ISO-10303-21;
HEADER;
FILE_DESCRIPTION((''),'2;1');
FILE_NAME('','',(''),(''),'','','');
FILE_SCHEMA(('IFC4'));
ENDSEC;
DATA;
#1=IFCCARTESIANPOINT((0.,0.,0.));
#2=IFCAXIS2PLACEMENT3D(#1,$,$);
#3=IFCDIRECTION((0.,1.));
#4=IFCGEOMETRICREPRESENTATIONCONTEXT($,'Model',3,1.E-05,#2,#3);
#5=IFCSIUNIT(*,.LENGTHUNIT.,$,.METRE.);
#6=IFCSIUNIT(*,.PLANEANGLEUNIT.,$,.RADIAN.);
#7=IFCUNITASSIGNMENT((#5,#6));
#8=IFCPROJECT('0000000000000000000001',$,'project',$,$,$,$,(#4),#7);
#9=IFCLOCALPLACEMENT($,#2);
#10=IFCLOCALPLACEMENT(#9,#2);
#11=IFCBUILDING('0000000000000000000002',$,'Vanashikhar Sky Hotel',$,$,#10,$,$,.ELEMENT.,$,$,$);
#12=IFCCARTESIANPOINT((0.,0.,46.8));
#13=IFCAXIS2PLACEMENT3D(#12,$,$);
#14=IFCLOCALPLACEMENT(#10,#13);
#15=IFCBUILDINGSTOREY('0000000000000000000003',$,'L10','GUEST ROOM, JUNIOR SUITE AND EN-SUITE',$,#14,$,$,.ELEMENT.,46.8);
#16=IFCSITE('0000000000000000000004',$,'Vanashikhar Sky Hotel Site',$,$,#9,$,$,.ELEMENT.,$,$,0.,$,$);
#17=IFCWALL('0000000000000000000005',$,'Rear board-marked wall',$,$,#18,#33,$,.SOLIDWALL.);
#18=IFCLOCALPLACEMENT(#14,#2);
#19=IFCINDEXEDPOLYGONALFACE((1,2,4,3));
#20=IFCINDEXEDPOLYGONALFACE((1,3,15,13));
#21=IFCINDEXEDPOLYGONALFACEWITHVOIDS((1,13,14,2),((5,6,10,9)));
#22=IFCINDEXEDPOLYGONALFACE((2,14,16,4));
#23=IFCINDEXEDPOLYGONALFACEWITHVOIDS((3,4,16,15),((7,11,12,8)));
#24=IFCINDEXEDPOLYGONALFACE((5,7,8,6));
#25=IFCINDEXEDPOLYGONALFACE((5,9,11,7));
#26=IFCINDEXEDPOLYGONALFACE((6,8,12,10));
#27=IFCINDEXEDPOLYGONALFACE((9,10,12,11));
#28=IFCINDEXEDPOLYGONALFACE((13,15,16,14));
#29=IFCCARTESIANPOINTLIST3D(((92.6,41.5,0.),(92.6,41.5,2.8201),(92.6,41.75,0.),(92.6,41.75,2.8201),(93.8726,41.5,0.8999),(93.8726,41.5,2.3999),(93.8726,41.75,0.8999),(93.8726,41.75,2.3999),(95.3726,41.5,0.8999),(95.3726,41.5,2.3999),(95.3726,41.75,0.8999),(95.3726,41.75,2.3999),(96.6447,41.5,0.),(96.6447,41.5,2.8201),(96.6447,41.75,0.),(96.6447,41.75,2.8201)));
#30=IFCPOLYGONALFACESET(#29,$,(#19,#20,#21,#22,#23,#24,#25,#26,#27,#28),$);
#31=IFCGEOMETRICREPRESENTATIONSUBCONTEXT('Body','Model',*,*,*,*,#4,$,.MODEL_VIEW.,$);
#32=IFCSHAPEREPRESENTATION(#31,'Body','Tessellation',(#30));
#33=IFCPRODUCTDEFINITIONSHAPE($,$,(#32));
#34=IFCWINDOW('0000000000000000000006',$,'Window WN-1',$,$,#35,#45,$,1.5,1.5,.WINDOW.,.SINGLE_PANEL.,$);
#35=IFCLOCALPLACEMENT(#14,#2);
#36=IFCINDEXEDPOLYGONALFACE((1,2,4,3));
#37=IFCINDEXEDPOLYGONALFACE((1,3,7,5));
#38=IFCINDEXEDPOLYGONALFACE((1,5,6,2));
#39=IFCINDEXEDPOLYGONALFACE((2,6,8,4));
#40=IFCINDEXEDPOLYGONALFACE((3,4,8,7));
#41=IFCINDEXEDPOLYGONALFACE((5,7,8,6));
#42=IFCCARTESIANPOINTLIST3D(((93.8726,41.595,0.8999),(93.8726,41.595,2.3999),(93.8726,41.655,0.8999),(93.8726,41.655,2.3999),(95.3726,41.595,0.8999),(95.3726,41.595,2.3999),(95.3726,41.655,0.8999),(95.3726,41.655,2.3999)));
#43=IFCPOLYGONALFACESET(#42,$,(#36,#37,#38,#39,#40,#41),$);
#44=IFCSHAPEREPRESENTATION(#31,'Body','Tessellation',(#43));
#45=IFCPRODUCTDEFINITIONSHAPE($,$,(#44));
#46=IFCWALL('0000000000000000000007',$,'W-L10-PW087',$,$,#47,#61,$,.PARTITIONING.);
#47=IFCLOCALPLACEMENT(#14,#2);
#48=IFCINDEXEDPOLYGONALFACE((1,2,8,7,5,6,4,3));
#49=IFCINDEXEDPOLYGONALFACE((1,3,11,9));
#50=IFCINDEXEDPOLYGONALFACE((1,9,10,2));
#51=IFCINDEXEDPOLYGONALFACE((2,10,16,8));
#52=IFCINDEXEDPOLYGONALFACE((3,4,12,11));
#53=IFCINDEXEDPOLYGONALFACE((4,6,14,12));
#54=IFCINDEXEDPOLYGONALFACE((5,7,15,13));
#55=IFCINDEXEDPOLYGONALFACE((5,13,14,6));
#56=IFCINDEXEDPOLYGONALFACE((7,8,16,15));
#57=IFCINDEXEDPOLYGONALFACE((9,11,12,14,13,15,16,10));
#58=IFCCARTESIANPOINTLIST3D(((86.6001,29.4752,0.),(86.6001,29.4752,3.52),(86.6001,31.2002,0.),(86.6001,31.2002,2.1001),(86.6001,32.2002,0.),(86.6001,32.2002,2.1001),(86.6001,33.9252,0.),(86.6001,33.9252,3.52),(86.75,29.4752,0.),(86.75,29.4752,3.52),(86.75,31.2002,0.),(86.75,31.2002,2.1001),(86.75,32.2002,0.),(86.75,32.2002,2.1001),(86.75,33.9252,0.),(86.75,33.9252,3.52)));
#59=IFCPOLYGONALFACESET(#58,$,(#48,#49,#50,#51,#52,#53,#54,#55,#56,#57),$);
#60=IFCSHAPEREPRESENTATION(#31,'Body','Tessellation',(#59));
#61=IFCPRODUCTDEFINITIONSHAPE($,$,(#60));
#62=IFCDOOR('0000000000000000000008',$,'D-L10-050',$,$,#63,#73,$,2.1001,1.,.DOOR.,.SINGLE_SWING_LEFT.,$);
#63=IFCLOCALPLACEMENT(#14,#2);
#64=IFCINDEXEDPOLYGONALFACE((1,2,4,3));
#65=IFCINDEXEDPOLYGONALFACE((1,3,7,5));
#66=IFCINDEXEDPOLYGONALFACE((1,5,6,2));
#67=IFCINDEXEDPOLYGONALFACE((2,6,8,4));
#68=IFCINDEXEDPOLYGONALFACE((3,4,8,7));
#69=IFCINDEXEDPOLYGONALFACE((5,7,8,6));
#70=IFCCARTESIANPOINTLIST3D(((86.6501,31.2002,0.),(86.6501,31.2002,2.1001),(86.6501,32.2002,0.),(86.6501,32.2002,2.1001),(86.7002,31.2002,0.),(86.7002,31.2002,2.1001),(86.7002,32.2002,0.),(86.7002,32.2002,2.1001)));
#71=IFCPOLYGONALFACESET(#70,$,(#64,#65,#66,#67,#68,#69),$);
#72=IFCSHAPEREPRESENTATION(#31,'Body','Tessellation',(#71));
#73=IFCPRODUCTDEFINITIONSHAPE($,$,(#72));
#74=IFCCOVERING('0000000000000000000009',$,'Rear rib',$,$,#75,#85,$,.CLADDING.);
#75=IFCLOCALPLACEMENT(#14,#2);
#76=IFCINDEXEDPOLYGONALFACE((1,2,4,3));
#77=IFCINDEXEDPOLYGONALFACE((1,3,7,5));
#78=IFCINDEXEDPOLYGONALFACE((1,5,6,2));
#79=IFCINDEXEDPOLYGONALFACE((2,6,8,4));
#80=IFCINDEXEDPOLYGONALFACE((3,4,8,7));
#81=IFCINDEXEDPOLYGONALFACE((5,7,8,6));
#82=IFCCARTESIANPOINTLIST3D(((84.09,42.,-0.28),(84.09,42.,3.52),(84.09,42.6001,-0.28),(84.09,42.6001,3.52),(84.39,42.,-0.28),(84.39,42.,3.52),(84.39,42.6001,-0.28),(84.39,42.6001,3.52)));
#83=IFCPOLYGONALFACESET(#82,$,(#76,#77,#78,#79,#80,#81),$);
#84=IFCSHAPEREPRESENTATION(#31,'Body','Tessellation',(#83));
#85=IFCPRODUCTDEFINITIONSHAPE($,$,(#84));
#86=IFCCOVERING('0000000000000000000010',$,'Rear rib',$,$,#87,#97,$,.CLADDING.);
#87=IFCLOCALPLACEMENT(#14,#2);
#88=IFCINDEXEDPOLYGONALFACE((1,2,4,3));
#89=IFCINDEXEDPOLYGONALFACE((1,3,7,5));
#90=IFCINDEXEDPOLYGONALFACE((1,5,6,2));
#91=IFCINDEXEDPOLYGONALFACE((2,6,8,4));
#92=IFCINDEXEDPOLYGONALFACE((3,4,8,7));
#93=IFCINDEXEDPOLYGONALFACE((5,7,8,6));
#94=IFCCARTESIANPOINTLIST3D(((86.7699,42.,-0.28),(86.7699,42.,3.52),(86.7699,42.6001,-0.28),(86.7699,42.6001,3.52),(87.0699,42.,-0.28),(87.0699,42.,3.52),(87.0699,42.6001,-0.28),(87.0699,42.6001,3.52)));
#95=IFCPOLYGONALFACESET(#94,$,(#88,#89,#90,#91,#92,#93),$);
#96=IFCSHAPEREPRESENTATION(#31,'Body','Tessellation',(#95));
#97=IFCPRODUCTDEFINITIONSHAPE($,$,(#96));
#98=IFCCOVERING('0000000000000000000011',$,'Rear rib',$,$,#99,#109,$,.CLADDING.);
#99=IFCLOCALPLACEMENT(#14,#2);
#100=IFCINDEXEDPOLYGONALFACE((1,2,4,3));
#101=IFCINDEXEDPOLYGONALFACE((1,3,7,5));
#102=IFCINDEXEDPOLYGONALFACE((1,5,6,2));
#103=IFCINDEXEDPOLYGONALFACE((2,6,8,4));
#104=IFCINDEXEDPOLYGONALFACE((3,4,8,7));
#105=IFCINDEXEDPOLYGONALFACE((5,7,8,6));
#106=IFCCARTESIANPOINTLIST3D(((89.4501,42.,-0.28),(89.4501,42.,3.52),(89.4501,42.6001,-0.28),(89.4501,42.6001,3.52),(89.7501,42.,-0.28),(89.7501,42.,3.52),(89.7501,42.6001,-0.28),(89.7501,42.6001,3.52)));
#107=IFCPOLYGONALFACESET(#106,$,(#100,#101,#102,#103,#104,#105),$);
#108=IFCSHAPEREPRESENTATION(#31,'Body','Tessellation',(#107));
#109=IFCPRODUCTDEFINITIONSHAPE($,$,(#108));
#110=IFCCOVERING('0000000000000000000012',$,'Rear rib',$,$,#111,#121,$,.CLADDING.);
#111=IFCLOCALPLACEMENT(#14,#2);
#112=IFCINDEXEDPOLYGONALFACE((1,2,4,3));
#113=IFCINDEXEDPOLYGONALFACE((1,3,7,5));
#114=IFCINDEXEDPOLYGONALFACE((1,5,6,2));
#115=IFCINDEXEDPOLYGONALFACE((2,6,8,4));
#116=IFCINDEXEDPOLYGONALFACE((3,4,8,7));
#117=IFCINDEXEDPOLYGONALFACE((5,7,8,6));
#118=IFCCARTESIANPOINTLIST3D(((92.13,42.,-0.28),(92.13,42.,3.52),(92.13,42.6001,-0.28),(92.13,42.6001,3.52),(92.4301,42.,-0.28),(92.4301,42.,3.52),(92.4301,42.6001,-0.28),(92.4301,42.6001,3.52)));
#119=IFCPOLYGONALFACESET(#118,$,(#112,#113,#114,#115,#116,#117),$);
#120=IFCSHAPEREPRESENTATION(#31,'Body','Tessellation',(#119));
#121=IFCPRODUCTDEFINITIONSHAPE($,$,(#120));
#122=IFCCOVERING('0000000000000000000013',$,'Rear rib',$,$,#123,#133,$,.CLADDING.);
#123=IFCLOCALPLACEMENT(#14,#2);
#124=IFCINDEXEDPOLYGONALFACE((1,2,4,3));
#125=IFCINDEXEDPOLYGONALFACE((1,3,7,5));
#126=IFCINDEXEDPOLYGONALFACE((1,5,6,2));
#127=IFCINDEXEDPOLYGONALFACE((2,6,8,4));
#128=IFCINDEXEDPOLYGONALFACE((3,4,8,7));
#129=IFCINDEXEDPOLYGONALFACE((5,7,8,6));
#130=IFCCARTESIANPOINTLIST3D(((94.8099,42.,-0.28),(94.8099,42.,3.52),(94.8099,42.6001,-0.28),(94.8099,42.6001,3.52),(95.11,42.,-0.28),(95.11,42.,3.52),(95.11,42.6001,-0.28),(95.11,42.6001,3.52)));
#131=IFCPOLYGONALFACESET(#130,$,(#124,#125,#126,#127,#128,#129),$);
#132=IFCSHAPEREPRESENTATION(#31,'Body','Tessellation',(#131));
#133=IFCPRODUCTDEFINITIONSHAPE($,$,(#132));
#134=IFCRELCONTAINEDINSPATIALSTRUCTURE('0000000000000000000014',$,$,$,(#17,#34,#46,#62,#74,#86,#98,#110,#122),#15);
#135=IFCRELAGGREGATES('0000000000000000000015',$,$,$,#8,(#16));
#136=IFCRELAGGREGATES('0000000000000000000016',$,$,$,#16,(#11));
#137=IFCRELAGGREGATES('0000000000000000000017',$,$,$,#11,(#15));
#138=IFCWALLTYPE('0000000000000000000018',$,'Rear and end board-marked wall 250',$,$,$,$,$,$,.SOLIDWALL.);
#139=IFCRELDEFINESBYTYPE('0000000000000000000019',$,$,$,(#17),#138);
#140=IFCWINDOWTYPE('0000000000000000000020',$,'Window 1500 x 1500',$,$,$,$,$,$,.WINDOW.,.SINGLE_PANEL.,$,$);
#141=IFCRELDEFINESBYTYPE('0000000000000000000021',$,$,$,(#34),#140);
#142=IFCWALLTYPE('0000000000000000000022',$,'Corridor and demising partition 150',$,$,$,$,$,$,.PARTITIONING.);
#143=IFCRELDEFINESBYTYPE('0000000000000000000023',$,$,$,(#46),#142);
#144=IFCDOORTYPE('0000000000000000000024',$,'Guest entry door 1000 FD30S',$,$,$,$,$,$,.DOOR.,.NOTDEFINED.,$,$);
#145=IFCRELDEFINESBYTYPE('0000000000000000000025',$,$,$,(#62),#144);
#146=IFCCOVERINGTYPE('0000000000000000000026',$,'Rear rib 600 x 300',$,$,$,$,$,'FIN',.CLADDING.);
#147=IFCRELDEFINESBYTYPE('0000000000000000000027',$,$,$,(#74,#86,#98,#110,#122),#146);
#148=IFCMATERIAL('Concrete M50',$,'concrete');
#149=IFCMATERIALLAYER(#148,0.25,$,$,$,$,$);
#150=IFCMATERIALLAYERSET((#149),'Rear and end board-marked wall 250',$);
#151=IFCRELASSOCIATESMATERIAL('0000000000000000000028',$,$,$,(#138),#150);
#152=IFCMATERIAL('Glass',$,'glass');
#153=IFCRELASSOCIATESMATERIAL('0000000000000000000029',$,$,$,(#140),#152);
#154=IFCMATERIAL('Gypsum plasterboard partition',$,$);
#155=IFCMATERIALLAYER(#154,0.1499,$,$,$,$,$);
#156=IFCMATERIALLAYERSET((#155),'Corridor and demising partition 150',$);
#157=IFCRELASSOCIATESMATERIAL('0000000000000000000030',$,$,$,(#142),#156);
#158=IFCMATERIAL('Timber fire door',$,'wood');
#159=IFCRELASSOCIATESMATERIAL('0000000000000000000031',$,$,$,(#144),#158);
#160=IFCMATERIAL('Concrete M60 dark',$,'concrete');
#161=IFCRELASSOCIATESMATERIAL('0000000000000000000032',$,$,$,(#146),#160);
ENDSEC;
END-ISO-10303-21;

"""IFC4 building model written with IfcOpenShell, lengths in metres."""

from ifc_helpers import new_model, si_unit, direction, frame, frame_2d, origin, origin_2d, place, context, subcontext, project, spatial, rectangle, extrude, source, transform, mapped, material, layer, layer_set, material_profile, profile_set, type_object, element, fill, save


model = new_model("IFC4")

# Units and contexts
model_context = context("Model", 3, precision=1e-05, world=origin(), true_north=direction((0.0, 1.0)))
body_context = subcontext(model_context, "Body", "Model", "MODEL_VIEW")
ifc_project = project(units=[si_unit("LENGTHUNIT", "METRE"), si_unit("PLANEANGLEUNIT", "RADIAN")], contexts=[model_context])

# Site, building, storey
site_placement = place(None, origin())
site = spatial("IfcSite", under=ifc_project, at=site_placement, Name="Vanashikhar Sky Hotel Site", CompositionType="ELEMENT", RefElevation=0.0)
building_placement = place(site_placement, origin())
building = spatial("IfcBuilding", under=site, at=building_placement, Name="Vanashikhar Sky Hotel", CompositionType="ELEMENT")
storey_placement = place(building_placement, frame((0.0, 0.0, 46.8)))
storey = spatial("IfcBuildingStorey", under=building, at=storey_placement, Name="L10", Description="GUEST ROOM, JUNIOR SUITE AND EN-SUITE", CompositionType="ELEMENT", Elevation=46.8)

# Shared definitions
ifc_material_1 = material(Name="Concrete M50", Category="concrete")

# Wall, opening, window
ifc_material_2 = material(Name="Glass", Category="glass")
ifc_layer_1 = layer(ifc_material_1, 0.25)
ifc_layer_set_1 = layer_set([ifc_layer_1], Name="Rear and end board-marked wall 250")
wall_type_1 = type_object("IfcWallType", Name="Rear and end board-marked wall 250", PredefinedType="SOLIDWALL", material=ifc_layer_set_1)
shared_shape_1 = source(origin(), body_context, "Body", "SweptSolid", [
    extrude(rectangle(XDim=1.5, YDim=1.5, at=frame_2d((0.75, 0.75))), frame((0.0, 0.135, 0.0), z_axis=(0.0, -1.0, 0.0), x_axis=(1.0, 0.0, 0.0)), (0.0, 0.0, 1.0), 0.27),
])
window_type_1 = type_object("IfcWindowType", Name="Window 1500 x 1500", PartitioningType="SINGLE_PANEL", PredefinedType="WINDOW", material=ifc_material_2)
shared_shape_2 = source(origin(), body_context, "Body", "SweptSolid", [
    extrude(rectangle(XDim=1.5, YDim=1.5, at=frame_2d((0.75, 0.75))), frame((0.0, 0.03, 0.0), z_axis=(0.0, -1.0, 0.0), x_axis=(1.0, 0.0, 0.0)), (0.0, 0.0, 1.0), 0.0601),
])
shared_shape_3 = source(origin(), body_context, "Body", "SweptSolid", [
    extrude(rectangle(XDim=4.0447, YDim=0.25, at=frame_2d((2.0225, 0.0))), origin(), (0.0, 0.0, 1.0), 2.8201),
])
wall_1_placement = place(storey_placement, frame((96.6448, 41.625, 0.0), z_axis=(0.0, 0.0, 1.0), x_axis=(-1.0, 0.0, 0.0)))
wall_1 = element("IfcWall", 1, at=wall_1_placement, inside=storey, type_object=wall_type_1, Name="Rear board-marked wall", PredefinedType="SOLIDWALL", context=body_context, shape_type="MappedRepresentation", body=[
    mapped(shared_shape_3, transform((0.0, 0.0, 0.0), scale=1.0)),
])
opening_1_placement = place(wall_1_placement, frame((1.2722, 0.0, 0.8999)))
opening_1 = element("IfcOpeningElement", 2, at=opening_1_placement, cuts=wall_1, PredefinedType="OPENING", context=body_context, shape_type="MappedRepresentation", body=[
    mapped(shared_shape_1, transform((0.0, 0.0, 0.0), scale=1.0)),
])
window_1_placement = place(opening_1_placement, origin())
window_1 = element("IfcWindow", 3, at=window_1_placement, inside=storey, type_object=window_type_1, Name="Window WN-1", OverallHeight=1.5, OverallWidth=1.5, PartitioningType="SINGLE_PANEL", PredefinedType="WINDOW", context=body_context, shape_type="MappedRepresentation", body=[
    mapped(shared_shape_2, transform((0.0, 0.0, 0.0), scale=1.0)),
])
fill(opening_1, window_1)

# Wall, opening, door
ifc_material_3 = material(Name="Gypsum plasterboard partition")
ifc_layer_2 = layer(ifc_material_3, 0.1499)
ifc_layer_set_2 = layer_set([ifc_layer_2], Name="Corridor and demising partition 150")
wall_type_2 = type_object("IfcWallType", Name="Corridor and demising partition 150", PredefinedType="PARTITIONING", material=ifc_layer_set_2)
shared_shape_4 = source(origin(), body_context, "Body", "SweptSolid", [
    extrude(rectangle(XDim=4.45, YDim=0.1499, at=frame_2d((2.2251, 0.0))), origin(), (0.0, 0.0, 1.0), 3.52),
])
wall_2_placement = place(storey_placement, frame((86.675, 29.4751, 0.0), z_axis=(0.0, 0.0, 1.0), x_axis=(0.0, 1.0, 0.0)))
wall_2 = element("IfcWall", 4, at=wall_2_placement, inside=storey, type_object=wall_type_2, Name="W-L10-PW087", PredefinedType="PARTITIONING", context=body_context, shape_type="MappedRepresentation", body=[
    mapped(shared_shape_4, transform((0.0, 0.0, 0.0), scale=1.0)),
])
shared_shape_5 = source(origin(), body_context, "Body", "SweptSolid", [
    extrude(rectangle(XDim=1.0, YDim=2.1001, at=frame_2d((0.5, 1.05))), frame((0.0, 0.085, 0.0), z_axis=(0.0, -1.0, 0.0), x_axis=(1.0, 0.0, 0.0)), (0.0, 0.0, 1.0), 0.1699),
])
opening_2_placement = place(wall_2_placement, frame((1.7251, 0.0, 0.0)))
opening_2 = element("IfcOpeningElement", 5, at=opening_2_placement, cuts=wall_2, PredefinedType="OPENING", context=body_context, shape_type="MappedRepresentation", body=[
    mapped(shared_shape_5, transform((0.0, 0.0, 0.0), scale=1.0)),
])
ifc_material_4 = material(Name="Timber fire door", Category="wood")
door_type = type_object("IfcDoorType", Name="Guest entry door 1000 FD30S", OperationType="NOTDEFINED", PredefinedType="DOOR", material=ifc_material_4)
shared_shape_6 = source(origin(), body_context, "Body", "SweptSolid", [
    extrude(rectangle(XDim=1.0, YDim=2.1001, at=frame_2d((0.5, 1.05))), frame((0.0, 0.0249, 0.0), z_axis=(0.0, -1.0, 0.0), x_axis=(1.0, 0.0, 0.0)), (0.0, 0.0, 1.0), 0.05),
])
door_placement = place(opening_2_placement, origin())
door = element("IfcDoor", 6, at=door_placement, inside=storey, type_object=door_type, Name="D-L10-050", OperationType="SINGLE_SWING_LEFT", OverallHeight=2.1001, OverallWidth=1.0, PredefinedType="DOOR", context=body_context, shape_type="MappedRepresentation", body=[
    mapped(shared_shape_6, transform((0.0, 0.0, 0.0), scale=1.0)),
])
fill(opening_2, door)

# Coverings
ifc_material_5 = material(Name="Concrete M60 dark", Category="concrete")
ifc_material_profile_1 = material_profile(ifc_material_5, rectangle(XDim=0.6001, YDim=0.3, at=origin_2d()))
ifc_profile_set_1 = profile_set([ifc_material_profile_1], Name="Rear rib 600 x 300")
covering_type = type_object("IfcCoveringType", Name="Rear rib 600 x 300", ElementType="FIN", PredefinedType="CLADDING", material=ifc_profile_set_1)
shared_shape_7 = source(origin(), body_context, "Body", "SweptSolid", [
    extrude(rectangle(XDim=0.6001, YDim=0.3, at=origin_2d()), origin(), (0.0, 0.0, 1.0), 3.8),
])
for number, where, z_axis, x_axis, name in (
    (7, (84.24, 42.3, -0.28), (0.0, 0.0, 1.0), (0.0, 1.0, 0.0), "Rear rib"),
    (8, (86.9199, 42.3, -0.28), (0.0, 0.0, 1.0), (0.0, 1.0, 0.0), "Rear rib"),
    (9, (89.6001, 42.3, -0.28), (0.0, 0.0, 1.0), (0.0, 1.0, 0.0), "Rear rib"),
    (10, (92.28, 42.3, -0.28), (0.0, 0.0, 1.0), (0.0, 1.0, 0.0), "Rear rib"),
    (11, (94.96, 42.3, -0.28), (0.0, 0.0, 1.0), (0.0, 1.0, 0.0), "Rear rib"),
):
    element("IfcCovering", number, at=place(storey_placement, frame(where, z_axis=z_axis, x_axis=x_axis)), inside=storey, type_object=covering_type, Name=name, PredefinedType="CLADDING", context=body_context, shape_type="MappedRepresentation", body=[
        mapped(shared_shape_7, transform((0.0, 0.0, 0.0), scale=1.0)),
    ])

save(model, "model.ifc")
